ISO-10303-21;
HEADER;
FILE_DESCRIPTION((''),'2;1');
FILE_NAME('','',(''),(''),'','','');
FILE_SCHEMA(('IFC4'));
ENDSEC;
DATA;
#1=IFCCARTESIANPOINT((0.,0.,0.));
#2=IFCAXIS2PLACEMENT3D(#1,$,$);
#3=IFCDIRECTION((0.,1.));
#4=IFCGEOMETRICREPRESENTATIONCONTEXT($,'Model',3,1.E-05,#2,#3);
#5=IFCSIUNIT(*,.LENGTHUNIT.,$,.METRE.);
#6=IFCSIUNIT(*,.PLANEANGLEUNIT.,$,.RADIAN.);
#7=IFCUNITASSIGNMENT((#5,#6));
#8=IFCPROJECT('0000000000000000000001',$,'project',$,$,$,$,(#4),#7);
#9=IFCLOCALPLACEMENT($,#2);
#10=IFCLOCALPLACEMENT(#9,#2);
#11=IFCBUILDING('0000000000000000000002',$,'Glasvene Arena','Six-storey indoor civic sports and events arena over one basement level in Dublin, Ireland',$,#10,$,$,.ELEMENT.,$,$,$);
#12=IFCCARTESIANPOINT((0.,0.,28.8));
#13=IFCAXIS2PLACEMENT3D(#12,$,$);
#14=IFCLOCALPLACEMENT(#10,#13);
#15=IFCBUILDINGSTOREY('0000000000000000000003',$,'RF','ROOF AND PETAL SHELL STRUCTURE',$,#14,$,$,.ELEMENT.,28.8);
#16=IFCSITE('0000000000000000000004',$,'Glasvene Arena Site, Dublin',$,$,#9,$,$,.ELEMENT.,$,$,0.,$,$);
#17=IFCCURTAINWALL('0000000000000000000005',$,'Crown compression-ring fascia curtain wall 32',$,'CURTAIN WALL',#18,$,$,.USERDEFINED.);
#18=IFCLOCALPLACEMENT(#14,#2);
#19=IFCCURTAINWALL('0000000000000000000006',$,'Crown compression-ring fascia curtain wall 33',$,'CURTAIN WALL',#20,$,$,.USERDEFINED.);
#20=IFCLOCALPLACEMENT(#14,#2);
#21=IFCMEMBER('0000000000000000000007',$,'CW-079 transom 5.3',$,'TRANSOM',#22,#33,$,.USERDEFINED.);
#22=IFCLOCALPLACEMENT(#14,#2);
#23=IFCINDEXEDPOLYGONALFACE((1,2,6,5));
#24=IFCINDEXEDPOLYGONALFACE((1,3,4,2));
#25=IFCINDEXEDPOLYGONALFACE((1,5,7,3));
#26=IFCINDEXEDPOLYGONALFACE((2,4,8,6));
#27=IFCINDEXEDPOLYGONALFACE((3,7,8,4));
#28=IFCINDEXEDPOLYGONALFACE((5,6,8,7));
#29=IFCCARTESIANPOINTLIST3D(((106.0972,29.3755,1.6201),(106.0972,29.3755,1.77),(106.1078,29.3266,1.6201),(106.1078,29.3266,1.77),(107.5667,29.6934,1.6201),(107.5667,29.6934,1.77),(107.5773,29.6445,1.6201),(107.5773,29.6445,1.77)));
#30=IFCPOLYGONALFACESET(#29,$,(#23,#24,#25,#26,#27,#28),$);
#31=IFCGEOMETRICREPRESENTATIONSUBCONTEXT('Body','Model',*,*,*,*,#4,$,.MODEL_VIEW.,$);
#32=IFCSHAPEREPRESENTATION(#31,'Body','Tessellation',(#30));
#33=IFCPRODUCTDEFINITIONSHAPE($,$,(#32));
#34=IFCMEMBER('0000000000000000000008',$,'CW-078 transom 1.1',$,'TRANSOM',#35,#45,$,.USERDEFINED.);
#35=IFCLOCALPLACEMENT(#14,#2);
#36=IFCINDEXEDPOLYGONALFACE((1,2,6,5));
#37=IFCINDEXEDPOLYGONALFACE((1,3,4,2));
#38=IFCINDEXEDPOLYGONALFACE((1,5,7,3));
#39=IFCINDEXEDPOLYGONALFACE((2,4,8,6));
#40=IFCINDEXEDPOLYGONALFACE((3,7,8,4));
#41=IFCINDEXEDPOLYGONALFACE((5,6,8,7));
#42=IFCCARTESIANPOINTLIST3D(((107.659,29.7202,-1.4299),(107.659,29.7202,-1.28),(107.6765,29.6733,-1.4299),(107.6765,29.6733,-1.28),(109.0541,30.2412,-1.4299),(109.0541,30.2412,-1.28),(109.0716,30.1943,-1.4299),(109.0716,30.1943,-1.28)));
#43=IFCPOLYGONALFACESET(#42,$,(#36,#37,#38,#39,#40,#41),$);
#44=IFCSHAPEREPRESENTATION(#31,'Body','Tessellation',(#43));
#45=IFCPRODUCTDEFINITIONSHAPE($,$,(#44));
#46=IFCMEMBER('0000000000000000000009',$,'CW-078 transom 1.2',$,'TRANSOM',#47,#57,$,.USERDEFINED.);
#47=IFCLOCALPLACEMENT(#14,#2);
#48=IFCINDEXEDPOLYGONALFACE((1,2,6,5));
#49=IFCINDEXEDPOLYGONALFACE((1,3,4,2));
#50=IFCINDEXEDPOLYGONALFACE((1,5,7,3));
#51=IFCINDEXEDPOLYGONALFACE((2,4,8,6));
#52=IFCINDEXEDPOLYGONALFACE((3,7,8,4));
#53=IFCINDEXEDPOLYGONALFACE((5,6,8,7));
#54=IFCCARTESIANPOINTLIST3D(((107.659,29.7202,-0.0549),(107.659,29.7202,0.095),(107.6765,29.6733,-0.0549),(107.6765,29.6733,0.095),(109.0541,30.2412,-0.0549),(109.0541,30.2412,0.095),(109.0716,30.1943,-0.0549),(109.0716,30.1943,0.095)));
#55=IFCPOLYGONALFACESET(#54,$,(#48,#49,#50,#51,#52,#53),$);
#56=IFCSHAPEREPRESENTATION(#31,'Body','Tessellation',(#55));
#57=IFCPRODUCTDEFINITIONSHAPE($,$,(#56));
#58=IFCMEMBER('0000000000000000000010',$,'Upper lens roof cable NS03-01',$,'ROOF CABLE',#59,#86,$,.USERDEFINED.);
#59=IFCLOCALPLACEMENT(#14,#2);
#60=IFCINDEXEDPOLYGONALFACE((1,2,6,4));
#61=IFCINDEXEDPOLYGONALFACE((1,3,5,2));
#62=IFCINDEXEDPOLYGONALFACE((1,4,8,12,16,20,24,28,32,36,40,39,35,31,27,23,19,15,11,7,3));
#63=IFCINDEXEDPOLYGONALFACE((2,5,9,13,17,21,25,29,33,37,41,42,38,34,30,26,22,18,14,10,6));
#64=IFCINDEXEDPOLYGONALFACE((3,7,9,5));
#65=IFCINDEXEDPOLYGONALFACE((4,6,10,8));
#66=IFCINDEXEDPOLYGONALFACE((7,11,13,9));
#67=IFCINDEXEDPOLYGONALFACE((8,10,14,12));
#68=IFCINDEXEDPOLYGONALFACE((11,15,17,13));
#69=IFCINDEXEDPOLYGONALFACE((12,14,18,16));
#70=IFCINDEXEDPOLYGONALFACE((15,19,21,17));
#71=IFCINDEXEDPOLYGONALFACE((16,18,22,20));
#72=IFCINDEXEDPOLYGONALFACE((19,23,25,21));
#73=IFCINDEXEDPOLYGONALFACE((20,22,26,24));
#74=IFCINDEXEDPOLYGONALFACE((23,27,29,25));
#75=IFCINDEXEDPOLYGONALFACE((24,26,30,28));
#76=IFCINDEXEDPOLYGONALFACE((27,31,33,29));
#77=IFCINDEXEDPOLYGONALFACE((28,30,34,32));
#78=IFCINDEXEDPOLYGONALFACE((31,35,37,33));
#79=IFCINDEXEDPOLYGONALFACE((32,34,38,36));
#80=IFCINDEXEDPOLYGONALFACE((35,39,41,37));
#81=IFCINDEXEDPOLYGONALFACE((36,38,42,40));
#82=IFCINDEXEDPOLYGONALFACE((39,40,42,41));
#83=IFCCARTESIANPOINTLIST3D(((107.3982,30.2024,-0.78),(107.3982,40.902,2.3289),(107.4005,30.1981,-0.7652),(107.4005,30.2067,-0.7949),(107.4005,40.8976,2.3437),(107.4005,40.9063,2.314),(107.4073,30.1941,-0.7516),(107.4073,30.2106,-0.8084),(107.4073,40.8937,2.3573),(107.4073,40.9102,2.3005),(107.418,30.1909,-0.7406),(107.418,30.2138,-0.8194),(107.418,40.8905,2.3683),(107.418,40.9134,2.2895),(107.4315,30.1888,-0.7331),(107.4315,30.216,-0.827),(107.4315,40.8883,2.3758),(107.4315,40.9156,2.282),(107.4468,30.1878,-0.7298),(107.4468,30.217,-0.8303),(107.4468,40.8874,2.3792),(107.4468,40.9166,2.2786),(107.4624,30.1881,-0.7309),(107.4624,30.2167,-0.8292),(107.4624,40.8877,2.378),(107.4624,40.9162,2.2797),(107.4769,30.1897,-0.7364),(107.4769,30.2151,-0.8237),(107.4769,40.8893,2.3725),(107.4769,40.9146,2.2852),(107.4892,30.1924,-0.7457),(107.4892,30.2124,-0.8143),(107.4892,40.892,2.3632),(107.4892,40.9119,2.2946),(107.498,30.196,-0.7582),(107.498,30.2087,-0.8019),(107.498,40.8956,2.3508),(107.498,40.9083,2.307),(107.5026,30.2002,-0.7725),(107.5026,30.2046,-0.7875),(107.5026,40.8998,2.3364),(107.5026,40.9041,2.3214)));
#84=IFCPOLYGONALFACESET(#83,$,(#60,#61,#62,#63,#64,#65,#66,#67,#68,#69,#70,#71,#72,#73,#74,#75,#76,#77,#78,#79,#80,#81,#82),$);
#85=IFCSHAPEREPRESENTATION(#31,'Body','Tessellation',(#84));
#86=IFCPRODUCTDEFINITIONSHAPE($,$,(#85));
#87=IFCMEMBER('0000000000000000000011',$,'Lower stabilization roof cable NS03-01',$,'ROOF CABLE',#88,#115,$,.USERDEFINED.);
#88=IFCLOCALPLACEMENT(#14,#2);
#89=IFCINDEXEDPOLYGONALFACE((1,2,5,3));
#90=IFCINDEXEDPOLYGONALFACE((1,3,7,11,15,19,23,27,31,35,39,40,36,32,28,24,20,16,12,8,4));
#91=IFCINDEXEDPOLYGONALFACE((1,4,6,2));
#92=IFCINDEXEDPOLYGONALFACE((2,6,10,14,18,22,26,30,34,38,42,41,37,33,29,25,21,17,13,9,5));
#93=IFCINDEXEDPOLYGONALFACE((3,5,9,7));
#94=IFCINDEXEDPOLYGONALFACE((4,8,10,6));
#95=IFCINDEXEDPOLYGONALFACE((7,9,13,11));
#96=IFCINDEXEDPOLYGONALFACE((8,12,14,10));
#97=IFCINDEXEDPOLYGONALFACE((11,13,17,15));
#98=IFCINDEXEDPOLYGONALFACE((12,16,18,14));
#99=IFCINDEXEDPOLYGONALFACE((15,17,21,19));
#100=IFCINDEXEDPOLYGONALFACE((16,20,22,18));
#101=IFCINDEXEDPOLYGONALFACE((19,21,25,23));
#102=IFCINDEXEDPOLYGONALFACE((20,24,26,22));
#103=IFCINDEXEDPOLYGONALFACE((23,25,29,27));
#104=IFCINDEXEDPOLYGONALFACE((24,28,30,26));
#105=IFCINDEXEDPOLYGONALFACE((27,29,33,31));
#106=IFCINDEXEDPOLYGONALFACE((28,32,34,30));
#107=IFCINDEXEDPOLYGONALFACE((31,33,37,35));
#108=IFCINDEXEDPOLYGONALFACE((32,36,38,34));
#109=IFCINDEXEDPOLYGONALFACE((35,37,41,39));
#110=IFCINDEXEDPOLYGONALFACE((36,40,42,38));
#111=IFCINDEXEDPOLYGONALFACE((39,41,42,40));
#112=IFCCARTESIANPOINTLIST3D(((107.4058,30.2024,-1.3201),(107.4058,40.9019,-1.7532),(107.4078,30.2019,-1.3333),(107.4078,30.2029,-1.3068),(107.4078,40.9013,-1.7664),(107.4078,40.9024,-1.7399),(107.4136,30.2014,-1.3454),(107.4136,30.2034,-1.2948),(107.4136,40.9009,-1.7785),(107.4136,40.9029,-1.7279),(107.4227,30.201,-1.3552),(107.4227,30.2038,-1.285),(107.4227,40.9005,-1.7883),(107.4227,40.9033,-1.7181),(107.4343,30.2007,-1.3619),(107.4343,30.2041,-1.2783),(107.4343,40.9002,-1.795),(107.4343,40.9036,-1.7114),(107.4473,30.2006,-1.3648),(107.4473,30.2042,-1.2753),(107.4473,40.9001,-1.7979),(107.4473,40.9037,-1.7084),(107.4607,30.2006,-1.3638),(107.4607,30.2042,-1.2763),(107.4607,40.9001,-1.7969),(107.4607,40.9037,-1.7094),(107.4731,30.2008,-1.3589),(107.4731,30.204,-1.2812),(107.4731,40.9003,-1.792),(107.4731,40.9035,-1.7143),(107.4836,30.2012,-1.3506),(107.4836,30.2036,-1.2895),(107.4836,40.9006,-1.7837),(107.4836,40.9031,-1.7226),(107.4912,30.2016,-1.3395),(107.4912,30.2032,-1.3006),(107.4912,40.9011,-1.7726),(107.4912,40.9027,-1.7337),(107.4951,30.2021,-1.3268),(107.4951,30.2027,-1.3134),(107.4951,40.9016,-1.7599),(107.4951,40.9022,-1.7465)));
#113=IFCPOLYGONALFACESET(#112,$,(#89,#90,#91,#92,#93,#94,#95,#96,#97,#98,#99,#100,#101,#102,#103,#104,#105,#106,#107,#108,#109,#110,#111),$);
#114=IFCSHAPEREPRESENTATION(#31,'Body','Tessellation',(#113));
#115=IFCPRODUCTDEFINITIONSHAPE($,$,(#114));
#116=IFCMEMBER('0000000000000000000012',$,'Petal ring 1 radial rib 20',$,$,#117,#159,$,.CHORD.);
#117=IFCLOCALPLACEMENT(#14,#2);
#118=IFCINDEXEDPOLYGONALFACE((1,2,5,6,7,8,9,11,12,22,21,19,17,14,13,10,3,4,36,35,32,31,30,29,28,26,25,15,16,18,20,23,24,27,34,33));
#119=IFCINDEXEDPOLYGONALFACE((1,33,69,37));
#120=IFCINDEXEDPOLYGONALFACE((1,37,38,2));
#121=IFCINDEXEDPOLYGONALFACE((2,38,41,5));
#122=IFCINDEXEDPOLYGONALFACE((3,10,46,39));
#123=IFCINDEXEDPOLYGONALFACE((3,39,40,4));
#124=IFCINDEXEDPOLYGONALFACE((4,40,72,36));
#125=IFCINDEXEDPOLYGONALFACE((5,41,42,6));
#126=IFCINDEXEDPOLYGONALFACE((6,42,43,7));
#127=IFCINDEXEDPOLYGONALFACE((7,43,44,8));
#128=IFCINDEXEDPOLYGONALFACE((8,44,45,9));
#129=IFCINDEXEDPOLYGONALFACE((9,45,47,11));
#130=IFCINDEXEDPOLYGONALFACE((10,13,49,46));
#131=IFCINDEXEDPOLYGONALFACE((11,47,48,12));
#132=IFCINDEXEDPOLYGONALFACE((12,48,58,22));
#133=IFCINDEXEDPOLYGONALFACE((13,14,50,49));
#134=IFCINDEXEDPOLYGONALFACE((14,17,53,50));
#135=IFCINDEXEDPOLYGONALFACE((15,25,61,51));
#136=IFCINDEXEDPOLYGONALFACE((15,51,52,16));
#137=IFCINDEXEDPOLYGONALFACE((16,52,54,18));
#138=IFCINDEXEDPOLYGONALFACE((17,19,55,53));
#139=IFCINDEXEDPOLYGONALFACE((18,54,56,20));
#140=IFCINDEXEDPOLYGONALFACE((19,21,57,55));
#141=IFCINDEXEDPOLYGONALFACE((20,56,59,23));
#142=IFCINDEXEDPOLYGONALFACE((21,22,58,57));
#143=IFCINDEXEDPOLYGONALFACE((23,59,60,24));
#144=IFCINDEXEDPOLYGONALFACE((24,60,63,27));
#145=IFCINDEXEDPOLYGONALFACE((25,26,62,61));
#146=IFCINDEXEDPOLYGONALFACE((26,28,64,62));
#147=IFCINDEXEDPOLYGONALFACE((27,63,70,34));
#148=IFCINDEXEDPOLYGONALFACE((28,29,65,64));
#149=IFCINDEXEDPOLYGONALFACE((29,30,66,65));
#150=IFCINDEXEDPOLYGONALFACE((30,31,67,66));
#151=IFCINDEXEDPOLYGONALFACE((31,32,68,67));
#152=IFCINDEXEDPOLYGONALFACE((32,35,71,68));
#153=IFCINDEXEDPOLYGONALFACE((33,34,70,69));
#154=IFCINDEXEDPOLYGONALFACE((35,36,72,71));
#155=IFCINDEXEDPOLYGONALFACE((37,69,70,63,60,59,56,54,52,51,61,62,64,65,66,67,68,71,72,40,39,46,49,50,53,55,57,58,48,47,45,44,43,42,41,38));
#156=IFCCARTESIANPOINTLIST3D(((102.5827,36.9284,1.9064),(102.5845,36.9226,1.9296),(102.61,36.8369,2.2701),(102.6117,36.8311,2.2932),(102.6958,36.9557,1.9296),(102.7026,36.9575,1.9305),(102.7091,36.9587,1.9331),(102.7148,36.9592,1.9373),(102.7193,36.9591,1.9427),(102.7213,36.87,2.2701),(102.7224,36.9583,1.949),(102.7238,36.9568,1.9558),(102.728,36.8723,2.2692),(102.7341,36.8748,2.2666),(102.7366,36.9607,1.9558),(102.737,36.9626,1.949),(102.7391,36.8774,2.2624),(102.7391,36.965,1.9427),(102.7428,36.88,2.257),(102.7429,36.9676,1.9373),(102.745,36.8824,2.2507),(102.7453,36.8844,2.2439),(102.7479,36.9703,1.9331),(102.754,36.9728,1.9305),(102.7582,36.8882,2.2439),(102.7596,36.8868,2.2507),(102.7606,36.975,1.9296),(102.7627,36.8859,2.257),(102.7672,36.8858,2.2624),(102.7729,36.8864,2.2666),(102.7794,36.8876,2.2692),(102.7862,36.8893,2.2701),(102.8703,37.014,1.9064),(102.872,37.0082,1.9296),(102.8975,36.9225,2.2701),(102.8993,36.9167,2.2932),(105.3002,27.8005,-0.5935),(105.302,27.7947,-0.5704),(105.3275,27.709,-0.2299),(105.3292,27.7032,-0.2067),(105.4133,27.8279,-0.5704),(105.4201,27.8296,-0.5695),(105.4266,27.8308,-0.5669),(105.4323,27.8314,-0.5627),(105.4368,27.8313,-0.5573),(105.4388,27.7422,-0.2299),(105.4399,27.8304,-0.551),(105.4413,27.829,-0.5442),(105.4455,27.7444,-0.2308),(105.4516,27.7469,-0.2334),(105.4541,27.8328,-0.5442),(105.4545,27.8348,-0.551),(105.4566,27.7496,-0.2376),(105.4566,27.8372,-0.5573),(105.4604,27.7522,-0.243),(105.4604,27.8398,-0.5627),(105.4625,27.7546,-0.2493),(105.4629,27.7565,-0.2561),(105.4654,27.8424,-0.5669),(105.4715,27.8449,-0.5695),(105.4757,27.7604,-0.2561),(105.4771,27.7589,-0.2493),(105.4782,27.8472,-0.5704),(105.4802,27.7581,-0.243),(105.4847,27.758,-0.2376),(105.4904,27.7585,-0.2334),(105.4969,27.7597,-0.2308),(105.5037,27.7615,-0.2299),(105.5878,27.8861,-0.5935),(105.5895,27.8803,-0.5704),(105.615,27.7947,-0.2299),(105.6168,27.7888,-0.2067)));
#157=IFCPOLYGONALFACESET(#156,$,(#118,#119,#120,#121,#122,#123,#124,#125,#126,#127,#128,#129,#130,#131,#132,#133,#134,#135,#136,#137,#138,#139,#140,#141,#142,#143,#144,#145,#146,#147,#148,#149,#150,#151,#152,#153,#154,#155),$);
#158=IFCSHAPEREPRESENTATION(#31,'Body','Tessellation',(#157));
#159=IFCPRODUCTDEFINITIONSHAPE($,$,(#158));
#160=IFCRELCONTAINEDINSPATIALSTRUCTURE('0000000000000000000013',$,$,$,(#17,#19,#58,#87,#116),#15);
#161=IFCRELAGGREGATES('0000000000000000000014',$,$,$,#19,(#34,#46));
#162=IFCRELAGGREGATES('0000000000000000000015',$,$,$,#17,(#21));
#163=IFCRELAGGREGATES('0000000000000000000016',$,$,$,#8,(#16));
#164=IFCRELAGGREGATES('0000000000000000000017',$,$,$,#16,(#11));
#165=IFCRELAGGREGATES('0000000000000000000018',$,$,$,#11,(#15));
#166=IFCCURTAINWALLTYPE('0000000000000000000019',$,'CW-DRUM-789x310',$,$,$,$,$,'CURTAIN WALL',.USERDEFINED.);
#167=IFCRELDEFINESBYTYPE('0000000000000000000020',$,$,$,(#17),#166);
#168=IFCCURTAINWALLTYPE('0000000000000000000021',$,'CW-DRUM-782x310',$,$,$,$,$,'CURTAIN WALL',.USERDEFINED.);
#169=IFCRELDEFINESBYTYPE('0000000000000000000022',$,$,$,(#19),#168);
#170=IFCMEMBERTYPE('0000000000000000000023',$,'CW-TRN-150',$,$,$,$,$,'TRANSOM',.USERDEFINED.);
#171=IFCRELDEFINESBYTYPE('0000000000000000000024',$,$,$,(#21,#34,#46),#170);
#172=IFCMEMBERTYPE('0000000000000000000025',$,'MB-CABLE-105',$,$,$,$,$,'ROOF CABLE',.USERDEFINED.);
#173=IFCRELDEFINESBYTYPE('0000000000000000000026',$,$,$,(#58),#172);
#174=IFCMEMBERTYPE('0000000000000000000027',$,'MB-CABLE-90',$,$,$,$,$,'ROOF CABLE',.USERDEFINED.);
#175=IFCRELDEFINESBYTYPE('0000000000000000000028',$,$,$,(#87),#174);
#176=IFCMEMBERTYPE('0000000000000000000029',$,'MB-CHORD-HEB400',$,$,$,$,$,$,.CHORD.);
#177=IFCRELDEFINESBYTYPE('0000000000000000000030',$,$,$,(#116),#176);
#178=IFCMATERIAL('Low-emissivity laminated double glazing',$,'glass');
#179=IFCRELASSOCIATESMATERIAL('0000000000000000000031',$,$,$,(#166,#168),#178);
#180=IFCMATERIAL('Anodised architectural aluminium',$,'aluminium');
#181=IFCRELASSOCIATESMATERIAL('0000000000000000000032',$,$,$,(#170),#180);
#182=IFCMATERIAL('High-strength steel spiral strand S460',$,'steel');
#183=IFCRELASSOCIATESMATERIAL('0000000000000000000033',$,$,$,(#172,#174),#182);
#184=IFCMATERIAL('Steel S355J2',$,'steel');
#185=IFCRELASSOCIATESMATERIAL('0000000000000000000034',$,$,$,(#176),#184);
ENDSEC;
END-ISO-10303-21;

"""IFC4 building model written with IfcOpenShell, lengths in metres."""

from ifc_helpers import new_model, si_unit, direction, frame, origin, origin_2d, place, context, subcontext, project, spatial, rectangle, circle, i_section, extrude, material, material_profile, profile_set, type_object, element, aggregate, save


model = new_model("IFC4")

# Units and contexts
model_context = context("Model", 3, precision=1e-05, world=origin(), true_north=direction((0.0, 1.0)))
body_context = subcontext(model_context, "Body", "Model", "MODEL_VIEW")
ifc_project = project(units=[si_unit("LENGTHUNIT", "METRE"), si_unit("PLANEANGLEUNIT", "RADIAN")], contexts=[model_context])

# Site, building, storey
site_placement = place(None, origin())
site = spatial("IfcSite", under=ifc_project, at=site_placement, Name="Glasvene Arena Site, Dublin", CompositionType="ELEMENT", RefElevation=0.0)
building_placement = place(site_placement, origin())
building = spatial("IfcBuilding", under=site, at=building_placement, Name="Glasvene Arena", Description="Six-storey indoor civic sports and events arena over one basement level in Dublin, Ireland", CompositionType="ELEMENT")
storey_placement = place(building_placement, frame((0.0, 0.0, 28.8)))
storey = spatial("IfcBuildingStorey", under=building, at=storey_placement, Name="RF", Description="ROOF AND PETAL SHELL STRUCTURE", CompositionType="ELEMENT", Elevation=28.8)

# Shared definitions
ifc_material_1 = material(Name="Steel S355J2", Category="steel")

# Curtain wall
ifc_material_2 = material(Name="Low-emissivity laminated double glazing", Category="glass")
curtain_wall_type_1 = type_object("IfcCurtainWallType", Name="CW-DRUM-789x310", ElementType="CURTAIN WALL", PredefinedType="USERDEFINED", material=ifc_material_2)
curtain_wall_1_placement = place(storey_placement, frame((99.9077, 28.0107, 0.0)))
curtain_wall_1 = element("IfcCurtainWall", 1, at=curtain_wall_1_placement, inside=storey, type_object=curtain_wall_type_1, Name="Crown compression-ring fascia curtain wall 32", ObjectType="CURTAIN WALL", PredefinedType="USERDEFINED")
ifc_material_3 = material(Name="Anodised architectural aluminium", Category="aluminium")

# Curtain wall
curtain_wall_type_2 = type_object("IfcCurtainWallType", Name="CW-DRUM-782x310", ElementType="CURTAIN WALL", PredefinedType="USERDEFINED", material=ifc_material_2)
curtain_wall_2_placement = place(storey_placement, frame((107.6208, 29.6794, 0.0)))
curtain_wall_2 = element("IfcCurtainWall", 2, at=curtain_wall_2_placement, inside=storey, type_object=curtain_wall_type_2, Name="Crown compression-ring fascia curtain wall 33", ObjectType="CURTAIN WALL", PredefinedType="USERDEFINED")

# Members
ifc_material_profile_1 = material_profile(ifc_material_3, rectangle(XDim=0.05, YDim=0.1499, at=origin_2d()), Name="ALU TRANSOM 50x150")
ifc_profile_set_1 = profile_set([ifc_material_profile_1], Name="Anodised architectural aluminium")
member_type_1 = type_object("IfcMemberType", Name="CW-TRN-150", ElementType="TRANSOM", PredefinedType="USERDEFINED", material=ifc_profile_set_1)
member_1_placement = place(storey_placement, frame((106.1025, 29.3511, 1.6951), z_axis=(0.977394, 0.211425, 0.0), x_axis=(-0.211425, 0.977394, 0.0)))
member_1 = element("IfcMember", 3, at=member_1_placement, type_object=member_type_1, Name="CW-079 transom 5.3", ObjectType="TRANSOM", PredefinedType="USERDEFINED", context=body_context, shape_type="SweptSolid", body=[
    extrude(rectangle(XDim=0.05, YDim=0.1499, at=origin_2d()), origin(), (0.0, 0.0, 1.0), 1.5034),
])
member_2_placement = place(storey_placement, frame((107.6677, 29.6968, -1.355), z_axis=(0.93682, 0.349812, 0.0), x_axis=(-0.349812, 0.93682, 0.0)))
member_2 = element("IfcMember", 4, at=member_2_placement, type_object=member_type_1, Name="CW-078 transom 1.1", ObjectType="TRANSOM", PredefinedType="USERDEFINED", context=body_context, shape_type="SweptSolid", body=[
    extrude(rectangle(XDim=0.05, YDim=0.1499, at=origin_2d()), origin(), (0.0, 0.0, 1.0), 1.4893),
])
member_3_placement = place(storey_placement, frame((107.6677, 29.6968, 0.02), z_axis=(0.93682, 0.349812, 0.0), x_axis=(-0.349812, 0.93682, 0.0)))
member_3 = element("IfcMember", 5, at=member_3_placement, type_object=member_type_1, Name="CW-078 transom 1.2", ObjectType="TRANSOM", PredefinedType="USERDEFINED", context=body_context, shape_type="SweptSolid", body=[
    extrude(rectangle(XDim=0.05, YDim=0.1499, at=origin_2d()), origin(), (0.0, 0.0, 1.0), 1.4893),
])
aggregate(curtain_wall_2, [member_2, member_3])

# Members
ifc_material_4 = material(Name="High-strength steel spiral strand S460", Category="steel")
ifc_material_profile_2 = material_profile(ifc_material_4, circle(Radius=0.0525, at=origin_2d()), Name="LCSS D105")
ifc_profile_set_2 = profile_set([ifc_material_profile_2], Name="High-strength steel spiral strand S460")
member_type_2 = type_object("IfcMemberType", Name="MB-CABLE-105", ElementType="ROOF CABLE", PredefinedType="USERDEFINED", material=ifc_profile_set_2)
member_4_placement = place(storey_placement, frame((107.4507, 30.2024, -0.78), z_axis=(0.0, 0.960284, 0.279025), x_axis=(-1.0, 0.0, 0.0)))
element("IfcMember", 6, at=member_4_placement, inside=storey, type_object=member_type_2, Name="Upper lens roof cable NS03-01", ObjectType="ROOF CABLE", PredefinedType="USERDEFINED", context=body_context, shape_type="SweptSolid", body=[
    extrude(circle(Radius=0.0525, at=origin_2d()), origin(), (0.0, 0.0, 1.0), 11.1421),
])
ifc_material_profile_3 = material_profile(ifc_material_4, circle(Radius=0.0449, at=origin_2d()), Name="LCSS D90")
ifc_profile_set_3 = profile_set([ifc_material_profile_3], Name="High-strength steel spiral strand S460")
member_type_3 = type_object("IfcMemberType", Name="MB-CABLE-90", ElementType="ROOF CABLE", PredefinedType="USERDEFINED", material=ifc_profile_set_3)
member_5_placement = place(storey_placement, frame((107.4507, 30.2024, -1.3201), z_axis=(0.0, 0.999182, -0.040446), x_axis=(-1.0, 0.0, 0.0)))
element("IfcMember", 7, at=member_5_placement, inside=storey, type_object=member_type_3, Name="Lower stabilization roof cable NS03-01", ObjectType="ROOF CABLE", PredefinedType="USERDEFINED", context=body_context, shape_type="SweptSolid", body=[
    extrude(circle(Radius=0.0449, at=origin_2d()), origin(), (0.0, 0.0, 1.0), 10.7083),
])
ifc_material_profile_4 = material_profile(ifc_material_1, i_section(OverallWidth=0.3, OverallDepth=0.3999, WebThickness=0.0134, FlangeThickness=0.0239, FilletRadius=0.0271, at=origin_2d()), Name="HEB 400")
ifc_profile_set_4 = profile_set([ifc_material_profile_4], Name="Steel S355J2")
member_type_4 = type_object("IfcMemberType", Name="MB-CHORD-HEB400", PredefinedType="CHORD", material=ifc_profile_set_4)
member_6_placement = place(storey_placement, frame((105.4585, 27.7947, -0.4001), z_axis=(-0.275989, 0.92702, 0.253897), x_axis=(-0.958427, -0.285339, 0.0)))
element("IfcMember", 8, at=member_6_placement, inside=storey, type_object=member_type_4, Name="Petal ring 1 radial rib 20", PredefinedType="CHORD", context=body_context, shape_type="SweptSolid", body=[
    extrude(i_section(OverallWidth=0.3, OverallDepth=0.3999, WebThickness=0.0134, FlangeThickness=0.0239, FilletRadius=0.0271, at=origin_2d()), origin(), (0.0, 0.0, 1.0), 9.8464),
])

aggregate(curtain_wall_1, [member_1])

save(model, "model.ifc")
